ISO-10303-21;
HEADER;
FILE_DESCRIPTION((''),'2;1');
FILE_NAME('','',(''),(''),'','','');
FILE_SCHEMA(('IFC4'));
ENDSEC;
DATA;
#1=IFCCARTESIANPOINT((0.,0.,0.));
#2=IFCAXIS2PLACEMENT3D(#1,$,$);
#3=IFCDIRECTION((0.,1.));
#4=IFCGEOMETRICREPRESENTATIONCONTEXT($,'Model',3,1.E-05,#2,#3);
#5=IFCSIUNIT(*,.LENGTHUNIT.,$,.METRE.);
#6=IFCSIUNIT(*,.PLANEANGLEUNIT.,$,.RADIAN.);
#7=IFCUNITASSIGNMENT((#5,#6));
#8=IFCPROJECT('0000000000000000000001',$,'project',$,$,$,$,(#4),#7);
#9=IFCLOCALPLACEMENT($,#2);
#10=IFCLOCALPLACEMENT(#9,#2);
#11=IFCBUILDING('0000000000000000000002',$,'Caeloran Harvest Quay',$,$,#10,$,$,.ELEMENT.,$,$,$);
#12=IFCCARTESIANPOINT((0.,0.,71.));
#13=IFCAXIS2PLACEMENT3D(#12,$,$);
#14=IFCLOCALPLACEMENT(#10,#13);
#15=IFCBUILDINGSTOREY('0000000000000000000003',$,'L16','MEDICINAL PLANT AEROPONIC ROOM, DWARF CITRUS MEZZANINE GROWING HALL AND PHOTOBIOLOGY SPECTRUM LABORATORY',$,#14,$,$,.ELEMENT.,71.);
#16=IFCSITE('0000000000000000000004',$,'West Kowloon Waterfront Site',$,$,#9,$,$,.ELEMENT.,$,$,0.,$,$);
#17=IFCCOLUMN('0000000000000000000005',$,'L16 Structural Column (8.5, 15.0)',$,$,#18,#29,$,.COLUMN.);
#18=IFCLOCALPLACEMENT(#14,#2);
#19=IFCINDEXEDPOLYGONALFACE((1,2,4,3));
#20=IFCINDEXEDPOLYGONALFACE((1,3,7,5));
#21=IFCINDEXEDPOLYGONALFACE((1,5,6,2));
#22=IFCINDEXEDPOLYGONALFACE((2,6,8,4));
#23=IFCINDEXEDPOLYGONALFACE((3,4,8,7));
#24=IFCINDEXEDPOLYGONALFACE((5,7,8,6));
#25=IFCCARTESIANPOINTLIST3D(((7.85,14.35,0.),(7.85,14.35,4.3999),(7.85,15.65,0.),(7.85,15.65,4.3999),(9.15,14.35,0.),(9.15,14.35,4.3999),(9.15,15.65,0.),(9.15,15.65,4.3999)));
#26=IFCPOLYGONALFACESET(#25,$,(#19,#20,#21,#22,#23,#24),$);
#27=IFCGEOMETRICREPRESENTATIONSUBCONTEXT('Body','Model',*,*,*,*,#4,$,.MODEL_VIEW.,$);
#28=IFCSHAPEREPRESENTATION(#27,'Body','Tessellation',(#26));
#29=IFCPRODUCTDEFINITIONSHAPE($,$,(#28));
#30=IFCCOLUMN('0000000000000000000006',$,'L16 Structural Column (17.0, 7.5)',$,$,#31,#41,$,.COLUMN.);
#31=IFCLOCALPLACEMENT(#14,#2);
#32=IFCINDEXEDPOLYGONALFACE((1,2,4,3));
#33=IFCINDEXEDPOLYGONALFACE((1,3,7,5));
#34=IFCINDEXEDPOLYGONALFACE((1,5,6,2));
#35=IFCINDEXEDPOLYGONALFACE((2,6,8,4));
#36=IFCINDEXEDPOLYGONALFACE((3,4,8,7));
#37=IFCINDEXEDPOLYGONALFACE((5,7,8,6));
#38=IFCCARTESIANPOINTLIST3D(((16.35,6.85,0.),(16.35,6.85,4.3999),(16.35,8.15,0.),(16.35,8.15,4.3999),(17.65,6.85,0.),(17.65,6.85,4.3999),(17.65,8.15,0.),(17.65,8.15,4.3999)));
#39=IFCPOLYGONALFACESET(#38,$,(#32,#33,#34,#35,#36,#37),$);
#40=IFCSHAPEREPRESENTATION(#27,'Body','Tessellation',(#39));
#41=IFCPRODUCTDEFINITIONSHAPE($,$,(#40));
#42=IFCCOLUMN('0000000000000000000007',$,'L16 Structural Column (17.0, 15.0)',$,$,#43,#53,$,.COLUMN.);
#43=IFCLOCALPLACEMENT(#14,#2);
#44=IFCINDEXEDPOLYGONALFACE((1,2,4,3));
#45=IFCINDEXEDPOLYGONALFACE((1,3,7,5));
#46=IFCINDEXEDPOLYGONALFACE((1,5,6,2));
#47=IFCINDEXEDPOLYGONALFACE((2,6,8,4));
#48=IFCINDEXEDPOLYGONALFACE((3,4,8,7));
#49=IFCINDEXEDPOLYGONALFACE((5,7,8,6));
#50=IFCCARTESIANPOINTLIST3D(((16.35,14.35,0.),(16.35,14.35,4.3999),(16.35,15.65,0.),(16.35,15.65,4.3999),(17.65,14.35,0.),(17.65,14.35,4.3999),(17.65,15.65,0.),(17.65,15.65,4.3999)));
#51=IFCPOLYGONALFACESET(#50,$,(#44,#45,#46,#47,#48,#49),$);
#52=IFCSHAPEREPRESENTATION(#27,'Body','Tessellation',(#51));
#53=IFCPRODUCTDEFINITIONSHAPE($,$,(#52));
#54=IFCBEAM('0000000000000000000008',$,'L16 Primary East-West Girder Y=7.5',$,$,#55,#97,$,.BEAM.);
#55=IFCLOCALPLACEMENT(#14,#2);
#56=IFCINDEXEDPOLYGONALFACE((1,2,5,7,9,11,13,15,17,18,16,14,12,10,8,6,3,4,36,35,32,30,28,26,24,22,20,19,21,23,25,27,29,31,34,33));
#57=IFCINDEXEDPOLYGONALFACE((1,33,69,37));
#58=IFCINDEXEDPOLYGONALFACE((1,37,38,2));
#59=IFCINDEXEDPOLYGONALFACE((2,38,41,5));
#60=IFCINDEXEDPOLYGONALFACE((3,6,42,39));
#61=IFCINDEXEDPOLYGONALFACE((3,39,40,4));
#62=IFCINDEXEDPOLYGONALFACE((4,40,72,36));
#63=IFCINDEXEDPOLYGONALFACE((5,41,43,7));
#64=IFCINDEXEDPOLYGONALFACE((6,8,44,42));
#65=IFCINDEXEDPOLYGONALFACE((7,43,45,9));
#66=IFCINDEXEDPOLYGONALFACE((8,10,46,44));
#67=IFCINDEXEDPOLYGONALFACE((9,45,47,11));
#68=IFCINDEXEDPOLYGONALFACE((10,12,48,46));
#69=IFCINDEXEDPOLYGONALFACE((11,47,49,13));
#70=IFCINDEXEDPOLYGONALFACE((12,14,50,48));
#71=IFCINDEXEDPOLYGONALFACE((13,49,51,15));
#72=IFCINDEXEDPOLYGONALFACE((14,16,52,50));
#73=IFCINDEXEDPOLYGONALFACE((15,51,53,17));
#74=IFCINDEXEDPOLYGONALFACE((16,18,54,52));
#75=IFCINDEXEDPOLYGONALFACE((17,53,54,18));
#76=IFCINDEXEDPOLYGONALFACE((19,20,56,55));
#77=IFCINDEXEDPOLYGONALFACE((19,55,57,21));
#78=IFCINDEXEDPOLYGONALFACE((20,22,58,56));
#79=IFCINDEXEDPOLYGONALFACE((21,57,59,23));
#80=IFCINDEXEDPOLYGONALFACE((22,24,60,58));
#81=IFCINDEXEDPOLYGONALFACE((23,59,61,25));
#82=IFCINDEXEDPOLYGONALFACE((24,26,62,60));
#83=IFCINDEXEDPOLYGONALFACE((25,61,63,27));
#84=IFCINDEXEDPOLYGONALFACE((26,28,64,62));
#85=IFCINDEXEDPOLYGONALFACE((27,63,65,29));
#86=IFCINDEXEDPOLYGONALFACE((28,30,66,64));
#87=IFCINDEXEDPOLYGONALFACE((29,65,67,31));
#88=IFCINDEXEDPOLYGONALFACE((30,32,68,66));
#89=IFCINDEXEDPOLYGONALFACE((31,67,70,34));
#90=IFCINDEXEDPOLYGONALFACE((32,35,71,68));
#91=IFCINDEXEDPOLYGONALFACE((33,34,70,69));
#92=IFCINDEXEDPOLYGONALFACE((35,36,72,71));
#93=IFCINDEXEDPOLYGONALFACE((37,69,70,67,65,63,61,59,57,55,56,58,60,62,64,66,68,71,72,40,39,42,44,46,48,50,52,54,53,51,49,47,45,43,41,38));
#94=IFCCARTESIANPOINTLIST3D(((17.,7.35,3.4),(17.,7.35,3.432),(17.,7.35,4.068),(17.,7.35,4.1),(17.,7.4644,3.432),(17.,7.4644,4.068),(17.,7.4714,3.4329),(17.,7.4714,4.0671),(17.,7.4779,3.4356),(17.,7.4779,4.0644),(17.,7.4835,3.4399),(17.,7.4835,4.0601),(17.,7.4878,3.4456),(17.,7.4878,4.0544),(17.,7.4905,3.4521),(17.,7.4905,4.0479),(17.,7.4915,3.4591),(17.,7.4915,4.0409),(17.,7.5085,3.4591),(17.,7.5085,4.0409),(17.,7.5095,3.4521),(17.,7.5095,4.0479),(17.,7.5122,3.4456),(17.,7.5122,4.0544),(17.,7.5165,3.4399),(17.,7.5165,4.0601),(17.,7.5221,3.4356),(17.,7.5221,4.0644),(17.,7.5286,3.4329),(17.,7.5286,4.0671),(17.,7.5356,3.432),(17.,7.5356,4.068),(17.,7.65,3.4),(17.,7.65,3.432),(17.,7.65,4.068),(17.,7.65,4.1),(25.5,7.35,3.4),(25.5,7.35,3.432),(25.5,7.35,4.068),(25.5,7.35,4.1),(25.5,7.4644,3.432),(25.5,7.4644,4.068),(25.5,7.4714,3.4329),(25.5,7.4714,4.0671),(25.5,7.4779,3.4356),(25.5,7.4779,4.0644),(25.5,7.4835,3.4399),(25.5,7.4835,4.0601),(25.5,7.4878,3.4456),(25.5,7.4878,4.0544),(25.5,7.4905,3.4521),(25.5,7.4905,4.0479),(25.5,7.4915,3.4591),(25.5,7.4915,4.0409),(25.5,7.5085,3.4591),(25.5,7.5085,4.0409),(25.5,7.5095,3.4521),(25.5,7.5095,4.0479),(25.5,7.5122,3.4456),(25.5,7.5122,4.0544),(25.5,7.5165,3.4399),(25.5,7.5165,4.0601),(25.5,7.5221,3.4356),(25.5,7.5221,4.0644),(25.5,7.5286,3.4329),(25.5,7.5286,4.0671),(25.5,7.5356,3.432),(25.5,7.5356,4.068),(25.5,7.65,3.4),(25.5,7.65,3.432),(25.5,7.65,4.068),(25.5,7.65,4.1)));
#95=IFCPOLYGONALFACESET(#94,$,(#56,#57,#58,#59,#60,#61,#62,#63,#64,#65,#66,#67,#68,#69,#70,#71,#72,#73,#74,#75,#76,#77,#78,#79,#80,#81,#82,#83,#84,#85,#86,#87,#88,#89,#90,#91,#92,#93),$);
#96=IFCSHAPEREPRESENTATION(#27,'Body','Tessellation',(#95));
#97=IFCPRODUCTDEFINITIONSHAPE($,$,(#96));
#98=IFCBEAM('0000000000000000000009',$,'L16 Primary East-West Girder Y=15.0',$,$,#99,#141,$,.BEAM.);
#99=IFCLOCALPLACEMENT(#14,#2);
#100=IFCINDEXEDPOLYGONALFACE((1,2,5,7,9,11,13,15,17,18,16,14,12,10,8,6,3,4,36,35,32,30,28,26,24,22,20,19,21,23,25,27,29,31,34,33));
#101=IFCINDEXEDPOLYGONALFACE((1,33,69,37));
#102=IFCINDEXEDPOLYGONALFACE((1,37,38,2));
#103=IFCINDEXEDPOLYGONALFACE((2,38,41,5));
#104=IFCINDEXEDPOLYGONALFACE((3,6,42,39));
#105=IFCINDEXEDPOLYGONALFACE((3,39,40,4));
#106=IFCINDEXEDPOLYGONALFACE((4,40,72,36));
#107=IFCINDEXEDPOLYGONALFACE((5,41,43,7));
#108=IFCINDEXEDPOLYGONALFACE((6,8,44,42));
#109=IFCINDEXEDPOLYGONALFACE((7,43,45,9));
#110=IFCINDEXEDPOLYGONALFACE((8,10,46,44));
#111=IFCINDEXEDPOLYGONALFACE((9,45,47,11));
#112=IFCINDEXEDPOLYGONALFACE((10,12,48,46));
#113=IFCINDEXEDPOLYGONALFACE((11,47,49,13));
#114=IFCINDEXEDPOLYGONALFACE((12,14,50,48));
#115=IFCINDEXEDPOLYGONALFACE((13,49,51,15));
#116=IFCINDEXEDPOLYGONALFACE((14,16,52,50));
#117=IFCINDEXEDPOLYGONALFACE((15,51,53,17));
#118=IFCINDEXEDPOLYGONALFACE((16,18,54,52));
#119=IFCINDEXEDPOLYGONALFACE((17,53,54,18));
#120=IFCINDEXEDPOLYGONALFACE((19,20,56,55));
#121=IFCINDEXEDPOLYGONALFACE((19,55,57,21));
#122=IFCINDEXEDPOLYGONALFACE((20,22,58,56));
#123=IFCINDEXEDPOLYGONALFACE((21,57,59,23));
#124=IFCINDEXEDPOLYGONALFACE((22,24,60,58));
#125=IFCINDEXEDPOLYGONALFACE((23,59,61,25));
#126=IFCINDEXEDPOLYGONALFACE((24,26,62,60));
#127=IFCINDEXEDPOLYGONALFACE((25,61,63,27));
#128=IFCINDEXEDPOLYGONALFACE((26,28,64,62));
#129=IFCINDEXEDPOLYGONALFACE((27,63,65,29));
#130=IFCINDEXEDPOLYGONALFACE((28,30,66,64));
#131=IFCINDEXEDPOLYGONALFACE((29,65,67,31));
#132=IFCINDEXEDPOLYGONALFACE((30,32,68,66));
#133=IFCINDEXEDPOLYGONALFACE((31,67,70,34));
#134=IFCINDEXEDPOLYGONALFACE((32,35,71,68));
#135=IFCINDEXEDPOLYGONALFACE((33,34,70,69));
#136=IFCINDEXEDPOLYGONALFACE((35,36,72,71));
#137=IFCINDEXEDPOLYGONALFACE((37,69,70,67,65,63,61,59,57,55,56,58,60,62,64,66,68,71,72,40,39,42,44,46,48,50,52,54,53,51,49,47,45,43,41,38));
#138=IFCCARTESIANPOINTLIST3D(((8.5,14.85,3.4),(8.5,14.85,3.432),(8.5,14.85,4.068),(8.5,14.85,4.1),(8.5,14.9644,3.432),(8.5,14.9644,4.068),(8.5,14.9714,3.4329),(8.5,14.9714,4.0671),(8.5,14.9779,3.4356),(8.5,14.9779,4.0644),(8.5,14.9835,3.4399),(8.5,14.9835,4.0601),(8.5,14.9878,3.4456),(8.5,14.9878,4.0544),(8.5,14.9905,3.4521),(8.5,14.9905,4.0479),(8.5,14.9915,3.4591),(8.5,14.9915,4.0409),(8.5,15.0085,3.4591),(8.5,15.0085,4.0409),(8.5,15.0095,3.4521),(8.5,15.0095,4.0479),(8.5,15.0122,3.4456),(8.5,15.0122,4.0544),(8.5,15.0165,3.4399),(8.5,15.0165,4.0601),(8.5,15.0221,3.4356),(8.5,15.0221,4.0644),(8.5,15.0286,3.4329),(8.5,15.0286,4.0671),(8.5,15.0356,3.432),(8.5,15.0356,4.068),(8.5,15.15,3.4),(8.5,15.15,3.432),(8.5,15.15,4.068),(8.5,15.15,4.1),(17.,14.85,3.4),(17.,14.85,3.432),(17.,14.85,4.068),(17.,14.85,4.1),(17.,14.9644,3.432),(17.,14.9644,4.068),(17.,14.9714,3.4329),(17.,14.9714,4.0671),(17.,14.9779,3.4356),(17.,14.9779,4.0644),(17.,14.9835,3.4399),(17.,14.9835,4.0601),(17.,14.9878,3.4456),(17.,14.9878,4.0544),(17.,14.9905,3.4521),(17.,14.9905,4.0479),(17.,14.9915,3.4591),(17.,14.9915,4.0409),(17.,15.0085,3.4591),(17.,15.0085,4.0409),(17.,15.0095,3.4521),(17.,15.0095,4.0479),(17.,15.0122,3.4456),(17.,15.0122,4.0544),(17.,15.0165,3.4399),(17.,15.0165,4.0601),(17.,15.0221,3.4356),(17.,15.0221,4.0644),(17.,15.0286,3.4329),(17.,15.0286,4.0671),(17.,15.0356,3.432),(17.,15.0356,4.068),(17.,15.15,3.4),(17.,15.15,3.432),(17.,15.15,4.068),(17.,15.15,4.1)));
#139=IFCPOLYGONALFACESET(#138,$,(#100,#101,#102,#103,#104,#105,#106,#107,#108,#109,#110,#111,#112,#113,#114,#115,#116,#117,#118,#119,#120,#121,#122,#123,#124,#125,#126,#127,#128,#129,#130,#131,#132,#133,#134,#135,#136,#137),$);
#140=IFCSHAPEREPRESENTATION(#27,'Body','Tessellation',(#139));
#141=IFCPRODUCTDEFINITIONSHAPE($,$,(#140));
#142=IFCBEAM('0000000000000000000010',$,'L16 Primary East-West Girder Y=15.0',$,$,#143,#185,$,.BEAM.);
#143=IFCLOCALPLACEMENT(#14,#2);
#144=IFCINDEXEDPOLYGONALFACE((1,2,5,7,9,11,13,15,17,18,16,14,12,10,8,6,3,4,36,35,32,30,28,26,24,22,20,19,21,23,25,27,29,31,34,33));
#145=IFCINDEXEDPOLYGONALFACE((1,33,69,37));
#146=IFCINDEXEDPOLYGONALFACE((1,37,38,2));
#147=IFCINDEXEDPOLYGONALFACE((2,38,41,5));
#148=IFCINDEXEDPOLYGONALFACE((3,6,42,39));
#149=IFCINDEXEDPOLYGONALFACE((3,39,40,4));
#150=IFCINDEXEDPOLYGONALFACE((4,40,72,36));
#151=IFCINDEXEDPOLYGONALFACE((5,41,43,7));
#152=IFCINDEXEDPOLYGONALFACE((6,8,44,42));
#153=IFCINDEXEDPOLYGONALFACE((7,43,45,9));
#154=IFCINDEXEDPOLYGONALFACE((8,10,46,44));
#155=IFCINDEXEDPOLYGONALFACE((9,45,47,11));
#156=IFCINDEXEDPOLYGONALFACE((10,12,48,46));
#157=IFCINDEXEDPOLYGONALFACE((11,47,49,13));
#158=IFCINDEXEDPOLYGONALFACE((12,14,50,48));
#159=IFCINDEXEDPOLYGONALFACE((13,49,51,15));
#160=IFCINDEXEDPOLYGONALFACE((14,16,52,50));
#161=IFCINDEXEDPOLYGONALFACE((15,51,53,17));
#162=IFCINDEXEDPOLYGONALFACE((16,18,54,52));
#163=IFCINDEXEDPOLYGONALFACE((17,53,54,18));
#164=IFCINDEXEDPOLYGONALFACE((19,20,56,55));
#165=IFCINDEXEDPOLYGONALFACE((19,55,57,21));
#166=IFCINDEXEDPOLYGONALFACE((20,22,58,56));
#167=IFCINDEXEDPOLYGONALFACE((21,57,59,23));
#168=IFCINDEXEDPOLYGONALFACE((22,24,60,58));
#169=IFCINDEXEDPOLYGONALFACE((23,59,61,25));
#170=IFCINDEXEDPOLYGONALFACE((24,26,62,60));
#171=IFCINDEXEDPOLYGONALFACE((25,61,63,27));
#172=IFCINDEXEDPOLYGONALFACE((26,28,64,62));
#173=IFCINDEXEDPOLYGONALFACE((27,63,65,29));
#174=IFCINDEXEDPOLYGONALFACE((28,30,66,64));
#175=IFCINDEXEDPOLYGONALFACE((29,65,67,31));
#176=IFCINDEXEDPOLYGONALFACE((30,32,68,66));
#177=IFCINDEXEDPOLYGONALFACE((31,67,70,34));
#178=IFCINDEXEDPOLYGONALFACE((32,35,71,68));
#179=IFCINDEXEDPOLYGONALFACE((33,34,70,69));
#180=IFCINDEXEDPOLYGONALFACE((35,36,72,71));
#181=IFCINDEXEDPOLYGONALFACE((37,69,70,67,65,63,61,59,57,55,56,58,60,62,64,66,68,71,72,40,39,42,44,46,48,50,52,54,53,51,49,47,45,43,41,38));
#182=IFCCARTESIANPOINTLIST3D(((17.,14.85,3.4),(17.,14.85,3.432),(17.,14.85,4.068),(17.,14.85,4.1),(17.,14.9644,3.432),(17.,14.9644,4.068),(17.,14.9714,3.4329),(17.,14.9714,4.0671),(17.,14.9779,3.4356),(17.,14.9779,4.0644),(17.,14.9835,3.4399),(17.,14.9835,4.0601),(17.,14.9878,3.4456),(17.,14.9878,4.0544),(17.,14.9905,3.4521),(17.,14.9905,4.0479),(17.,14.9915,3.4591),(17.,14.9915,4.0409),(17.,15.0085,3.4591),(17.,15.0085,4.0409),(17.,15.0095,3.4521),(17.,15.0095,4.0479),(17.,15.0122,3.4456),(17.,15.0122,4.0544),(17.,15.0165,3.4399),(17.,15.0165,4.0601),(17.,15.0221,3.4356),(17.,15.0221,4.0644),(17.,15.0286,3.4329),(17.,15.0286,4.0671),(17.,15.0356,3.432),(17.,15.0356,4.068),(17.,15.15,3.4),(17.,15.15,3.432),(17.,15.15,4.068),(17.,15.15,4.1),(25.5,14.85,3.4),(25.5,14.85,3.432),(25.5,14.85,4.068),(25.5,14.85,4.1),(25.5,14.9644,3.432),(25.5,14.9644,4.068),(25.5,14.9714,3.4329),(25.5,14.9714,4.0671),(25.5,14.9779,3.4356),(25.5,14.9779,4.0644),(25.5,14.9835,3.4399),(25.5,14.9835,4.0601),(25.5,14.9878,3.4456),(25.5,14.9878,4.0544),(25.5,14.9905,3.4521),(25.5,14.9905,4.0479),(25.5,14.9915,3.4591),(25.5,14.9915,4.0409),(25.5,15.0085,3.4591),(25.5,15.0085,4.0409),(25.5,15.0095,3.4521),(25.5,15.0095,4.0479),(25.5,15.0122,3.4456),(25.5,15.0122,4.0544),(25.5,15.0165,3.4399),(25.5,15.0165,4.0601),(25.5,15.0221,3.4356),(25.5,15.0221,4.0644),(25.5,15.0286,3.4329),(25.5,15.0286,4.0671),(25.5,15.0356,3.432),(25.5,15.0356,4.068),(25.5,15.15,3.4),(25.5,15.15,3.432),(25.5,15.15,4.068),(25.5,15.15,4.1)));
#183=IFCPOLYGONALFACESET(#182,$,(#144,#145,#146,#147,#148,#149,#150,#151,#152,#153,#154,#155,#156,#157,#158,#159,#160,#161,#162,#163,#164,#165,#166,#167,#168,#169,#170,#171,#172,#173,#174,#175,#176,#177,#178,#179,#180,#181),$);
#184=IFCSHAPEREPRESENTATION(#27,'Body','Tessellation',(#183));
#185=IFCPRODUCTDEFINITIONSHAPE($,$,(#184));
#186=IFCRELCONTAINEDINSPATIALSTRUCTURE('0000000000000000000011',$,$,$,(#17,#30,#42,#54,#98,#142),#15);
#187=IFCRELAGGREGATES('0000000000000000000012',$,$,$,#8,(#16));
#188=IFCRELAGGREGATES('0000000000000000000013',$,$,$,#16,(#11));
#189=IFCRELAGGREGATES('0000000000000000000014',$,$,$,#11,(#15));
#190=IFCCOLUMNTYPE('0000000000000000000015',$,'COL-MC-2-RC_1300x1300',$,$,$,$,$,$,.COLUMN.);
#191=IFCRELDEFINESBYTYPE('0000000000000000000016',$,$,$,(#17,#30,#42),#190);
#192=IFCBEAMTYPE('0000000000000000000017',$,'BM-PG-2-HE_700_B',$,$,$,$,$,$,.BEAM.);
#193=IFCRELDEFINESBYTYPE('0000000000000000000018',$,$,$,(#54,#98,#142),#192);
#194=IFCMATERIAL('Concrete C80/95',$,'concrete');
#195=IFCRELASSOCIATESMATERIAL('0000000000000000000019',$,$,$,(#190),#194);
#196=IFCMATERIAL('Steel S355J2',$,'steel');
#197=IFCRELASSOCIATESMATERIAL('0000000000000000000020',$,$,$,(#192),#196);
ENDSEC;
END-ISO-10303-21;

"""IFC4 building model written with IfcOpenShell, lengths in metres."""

from ifc_helpers import new_model, si_unit, direction, frame, origin, origin_2d, place, context, subcontext, project, spatial, rectangle, i_section, extrude, material, material_profile, profile_set, type_object, element, save


model = new_model("IFC4")

# Units and contexts
model_context = context("Model", 3, precision=1e-05, world=origin(), true_north=direction((0.0, 1.0)))
body_context = subcontext(model_context, "Body", "Model", "MODEL_VIEW")
ifc_project = project(units=[si_unit("LENGTHUNIT", "METRE"), si_unit("PLANEANGLEUNIT", "RADIAN")], contexts=[model_context])

# Site, building, storey
site_placement = place(None, origin())
site = spatial("IfcSite", under=ifc_project, at=site_placement, Name="West Kowloon Waterfront Site", CompositionType="ELEMENT", RefElevation=0.0)
building_placement = place(site_placement, origin())
building = spatial("IfcBuilding", under=site, at=building_placement, Name="Caeloran Harvest Quay", CompositionType="ELEMENT")
storey_placement = place(building_placement, frame((0.0, 0.0, 71.0)))
storey = spatial("IfcBuildingStorey", under=building, at=storey_placement, Name="L16", Description="MEDICINAL PLANT AEROPONIC ROOM, DWARF CITRUS MEZZANINE GROWING HALL AND PHOTOBIOLOGY SPECTRUM LABORATORY", CompositionType="ELEMENT", Elevation=71.0)

# Columns
ifc_material_1 = material(Name="Concrete C80/95", Category="concrete")
ifc_material_profile_1 = material_profile(ifc_material_1, rectangle(XDim=1.3, YDim=1.3, at=origin_2d()), Name="RC 1300x1300")
ifc_profile_set_1 = profile_set([ifc_material_profile_1], Name="Concrete C80/95")
column_type = type_object("IfcColumnType", Name="COL-MC-2-RC_1300x1300", PredefinedType="COLUMN", material=ifc_profile_set_1)
for number, where, z_axis, x_axis, name in (
    (1, (8.5, 15.0, 0.0), (0.0, 0.0, 1.0), (1.0, 0.0, 0.0), "L16 Structural Column (8.5, 15.0)"),
    (2, (17.0, 7.5, 0.0), (0.0, 0.0, 1.0), (1.0, 0.0, 0.0), "L16 Structural Column (17.0, 7.5)"),
    (3, (17.0, 15.0, 0.0), (0.0, 0.0, 1.0), (1.0, 0.0, 0.0), "L16 Structural Column (17.0, 15.0)"),
):
    element("IfcColumn", number, at=place(storey_placement, frame(where, z_axis=z_axis, x_axis=x_axis)), inside=storey, type_object=column_type, Name=name, PredefinedType="COLUMN", context=body_context, shape_type="SweptSolid", body=[
        extrude(rectangle(XDim=1.3, YDim=1.3, at=origin_2d()), origin(), (0.0, 0.0, 1.0), 4.3999),
    ])

# Beams
ifc_material_2 = material(Name="Steel S355J2", Category="steel")
ifc_material_profile_2 = material_profile(ifc_material_2, i_section(OverallWidth=0.3, OverallDepth=0.7, WebThickness=0.0171, FlangeThickness=0.032, FilletRadius=0.0271, at=origin_2d()), Name="HE 700 B")
ifc_profile_set_2 = profile_set([ifc_material_profile_2], Name="Steel S355J2")
beam_type_1 = type_object("IfcBeamType", Name="BM-PG-2-HE_700_B", PredefinedType="BEAM", material=ifc_profile_set_2)
for number, where, z_axis, x_axis, name in (
    (4, (17.0, 7.5, 3.75), (1.0, 0.0, 0.0), (0.0, 1.0, 0.0), "L16 Primary East-West Girder Y=7.5"),
    (5, (8.5, 15.0, 3.75), (1.0, 0.0, 0.0), (0.0, 1.0, 0.0), "L16 Primary East-West Girder Y=15.0"),
    (6, (17.0, 15.0, 3.75), (1.0, 0.0, 0.0), (0.0, 1.0, 0.0), "L16 Primary East-West Girder Y=15.0"),
):
    element("IfcBeam", number, at=place(storey_placement, frame(where, z_axis=z_axis, x_axis=x_axis)), inside=storey, type_object=beam_type_1, Name=name, PredefinedType="BEAM", context=body_context, shape_type="SweptSolid", body=[
        extrude(i_section(OverallWidth=0.3, OverallDepth=0.7, WebThickness=0.0171, FlangeThickness=0.032, FilletRadius=0.0271, at=origin_2d()), origin(), (0.0, 0.0, 1.0), 8.5),
    ])

save(model, "model.ifc")
